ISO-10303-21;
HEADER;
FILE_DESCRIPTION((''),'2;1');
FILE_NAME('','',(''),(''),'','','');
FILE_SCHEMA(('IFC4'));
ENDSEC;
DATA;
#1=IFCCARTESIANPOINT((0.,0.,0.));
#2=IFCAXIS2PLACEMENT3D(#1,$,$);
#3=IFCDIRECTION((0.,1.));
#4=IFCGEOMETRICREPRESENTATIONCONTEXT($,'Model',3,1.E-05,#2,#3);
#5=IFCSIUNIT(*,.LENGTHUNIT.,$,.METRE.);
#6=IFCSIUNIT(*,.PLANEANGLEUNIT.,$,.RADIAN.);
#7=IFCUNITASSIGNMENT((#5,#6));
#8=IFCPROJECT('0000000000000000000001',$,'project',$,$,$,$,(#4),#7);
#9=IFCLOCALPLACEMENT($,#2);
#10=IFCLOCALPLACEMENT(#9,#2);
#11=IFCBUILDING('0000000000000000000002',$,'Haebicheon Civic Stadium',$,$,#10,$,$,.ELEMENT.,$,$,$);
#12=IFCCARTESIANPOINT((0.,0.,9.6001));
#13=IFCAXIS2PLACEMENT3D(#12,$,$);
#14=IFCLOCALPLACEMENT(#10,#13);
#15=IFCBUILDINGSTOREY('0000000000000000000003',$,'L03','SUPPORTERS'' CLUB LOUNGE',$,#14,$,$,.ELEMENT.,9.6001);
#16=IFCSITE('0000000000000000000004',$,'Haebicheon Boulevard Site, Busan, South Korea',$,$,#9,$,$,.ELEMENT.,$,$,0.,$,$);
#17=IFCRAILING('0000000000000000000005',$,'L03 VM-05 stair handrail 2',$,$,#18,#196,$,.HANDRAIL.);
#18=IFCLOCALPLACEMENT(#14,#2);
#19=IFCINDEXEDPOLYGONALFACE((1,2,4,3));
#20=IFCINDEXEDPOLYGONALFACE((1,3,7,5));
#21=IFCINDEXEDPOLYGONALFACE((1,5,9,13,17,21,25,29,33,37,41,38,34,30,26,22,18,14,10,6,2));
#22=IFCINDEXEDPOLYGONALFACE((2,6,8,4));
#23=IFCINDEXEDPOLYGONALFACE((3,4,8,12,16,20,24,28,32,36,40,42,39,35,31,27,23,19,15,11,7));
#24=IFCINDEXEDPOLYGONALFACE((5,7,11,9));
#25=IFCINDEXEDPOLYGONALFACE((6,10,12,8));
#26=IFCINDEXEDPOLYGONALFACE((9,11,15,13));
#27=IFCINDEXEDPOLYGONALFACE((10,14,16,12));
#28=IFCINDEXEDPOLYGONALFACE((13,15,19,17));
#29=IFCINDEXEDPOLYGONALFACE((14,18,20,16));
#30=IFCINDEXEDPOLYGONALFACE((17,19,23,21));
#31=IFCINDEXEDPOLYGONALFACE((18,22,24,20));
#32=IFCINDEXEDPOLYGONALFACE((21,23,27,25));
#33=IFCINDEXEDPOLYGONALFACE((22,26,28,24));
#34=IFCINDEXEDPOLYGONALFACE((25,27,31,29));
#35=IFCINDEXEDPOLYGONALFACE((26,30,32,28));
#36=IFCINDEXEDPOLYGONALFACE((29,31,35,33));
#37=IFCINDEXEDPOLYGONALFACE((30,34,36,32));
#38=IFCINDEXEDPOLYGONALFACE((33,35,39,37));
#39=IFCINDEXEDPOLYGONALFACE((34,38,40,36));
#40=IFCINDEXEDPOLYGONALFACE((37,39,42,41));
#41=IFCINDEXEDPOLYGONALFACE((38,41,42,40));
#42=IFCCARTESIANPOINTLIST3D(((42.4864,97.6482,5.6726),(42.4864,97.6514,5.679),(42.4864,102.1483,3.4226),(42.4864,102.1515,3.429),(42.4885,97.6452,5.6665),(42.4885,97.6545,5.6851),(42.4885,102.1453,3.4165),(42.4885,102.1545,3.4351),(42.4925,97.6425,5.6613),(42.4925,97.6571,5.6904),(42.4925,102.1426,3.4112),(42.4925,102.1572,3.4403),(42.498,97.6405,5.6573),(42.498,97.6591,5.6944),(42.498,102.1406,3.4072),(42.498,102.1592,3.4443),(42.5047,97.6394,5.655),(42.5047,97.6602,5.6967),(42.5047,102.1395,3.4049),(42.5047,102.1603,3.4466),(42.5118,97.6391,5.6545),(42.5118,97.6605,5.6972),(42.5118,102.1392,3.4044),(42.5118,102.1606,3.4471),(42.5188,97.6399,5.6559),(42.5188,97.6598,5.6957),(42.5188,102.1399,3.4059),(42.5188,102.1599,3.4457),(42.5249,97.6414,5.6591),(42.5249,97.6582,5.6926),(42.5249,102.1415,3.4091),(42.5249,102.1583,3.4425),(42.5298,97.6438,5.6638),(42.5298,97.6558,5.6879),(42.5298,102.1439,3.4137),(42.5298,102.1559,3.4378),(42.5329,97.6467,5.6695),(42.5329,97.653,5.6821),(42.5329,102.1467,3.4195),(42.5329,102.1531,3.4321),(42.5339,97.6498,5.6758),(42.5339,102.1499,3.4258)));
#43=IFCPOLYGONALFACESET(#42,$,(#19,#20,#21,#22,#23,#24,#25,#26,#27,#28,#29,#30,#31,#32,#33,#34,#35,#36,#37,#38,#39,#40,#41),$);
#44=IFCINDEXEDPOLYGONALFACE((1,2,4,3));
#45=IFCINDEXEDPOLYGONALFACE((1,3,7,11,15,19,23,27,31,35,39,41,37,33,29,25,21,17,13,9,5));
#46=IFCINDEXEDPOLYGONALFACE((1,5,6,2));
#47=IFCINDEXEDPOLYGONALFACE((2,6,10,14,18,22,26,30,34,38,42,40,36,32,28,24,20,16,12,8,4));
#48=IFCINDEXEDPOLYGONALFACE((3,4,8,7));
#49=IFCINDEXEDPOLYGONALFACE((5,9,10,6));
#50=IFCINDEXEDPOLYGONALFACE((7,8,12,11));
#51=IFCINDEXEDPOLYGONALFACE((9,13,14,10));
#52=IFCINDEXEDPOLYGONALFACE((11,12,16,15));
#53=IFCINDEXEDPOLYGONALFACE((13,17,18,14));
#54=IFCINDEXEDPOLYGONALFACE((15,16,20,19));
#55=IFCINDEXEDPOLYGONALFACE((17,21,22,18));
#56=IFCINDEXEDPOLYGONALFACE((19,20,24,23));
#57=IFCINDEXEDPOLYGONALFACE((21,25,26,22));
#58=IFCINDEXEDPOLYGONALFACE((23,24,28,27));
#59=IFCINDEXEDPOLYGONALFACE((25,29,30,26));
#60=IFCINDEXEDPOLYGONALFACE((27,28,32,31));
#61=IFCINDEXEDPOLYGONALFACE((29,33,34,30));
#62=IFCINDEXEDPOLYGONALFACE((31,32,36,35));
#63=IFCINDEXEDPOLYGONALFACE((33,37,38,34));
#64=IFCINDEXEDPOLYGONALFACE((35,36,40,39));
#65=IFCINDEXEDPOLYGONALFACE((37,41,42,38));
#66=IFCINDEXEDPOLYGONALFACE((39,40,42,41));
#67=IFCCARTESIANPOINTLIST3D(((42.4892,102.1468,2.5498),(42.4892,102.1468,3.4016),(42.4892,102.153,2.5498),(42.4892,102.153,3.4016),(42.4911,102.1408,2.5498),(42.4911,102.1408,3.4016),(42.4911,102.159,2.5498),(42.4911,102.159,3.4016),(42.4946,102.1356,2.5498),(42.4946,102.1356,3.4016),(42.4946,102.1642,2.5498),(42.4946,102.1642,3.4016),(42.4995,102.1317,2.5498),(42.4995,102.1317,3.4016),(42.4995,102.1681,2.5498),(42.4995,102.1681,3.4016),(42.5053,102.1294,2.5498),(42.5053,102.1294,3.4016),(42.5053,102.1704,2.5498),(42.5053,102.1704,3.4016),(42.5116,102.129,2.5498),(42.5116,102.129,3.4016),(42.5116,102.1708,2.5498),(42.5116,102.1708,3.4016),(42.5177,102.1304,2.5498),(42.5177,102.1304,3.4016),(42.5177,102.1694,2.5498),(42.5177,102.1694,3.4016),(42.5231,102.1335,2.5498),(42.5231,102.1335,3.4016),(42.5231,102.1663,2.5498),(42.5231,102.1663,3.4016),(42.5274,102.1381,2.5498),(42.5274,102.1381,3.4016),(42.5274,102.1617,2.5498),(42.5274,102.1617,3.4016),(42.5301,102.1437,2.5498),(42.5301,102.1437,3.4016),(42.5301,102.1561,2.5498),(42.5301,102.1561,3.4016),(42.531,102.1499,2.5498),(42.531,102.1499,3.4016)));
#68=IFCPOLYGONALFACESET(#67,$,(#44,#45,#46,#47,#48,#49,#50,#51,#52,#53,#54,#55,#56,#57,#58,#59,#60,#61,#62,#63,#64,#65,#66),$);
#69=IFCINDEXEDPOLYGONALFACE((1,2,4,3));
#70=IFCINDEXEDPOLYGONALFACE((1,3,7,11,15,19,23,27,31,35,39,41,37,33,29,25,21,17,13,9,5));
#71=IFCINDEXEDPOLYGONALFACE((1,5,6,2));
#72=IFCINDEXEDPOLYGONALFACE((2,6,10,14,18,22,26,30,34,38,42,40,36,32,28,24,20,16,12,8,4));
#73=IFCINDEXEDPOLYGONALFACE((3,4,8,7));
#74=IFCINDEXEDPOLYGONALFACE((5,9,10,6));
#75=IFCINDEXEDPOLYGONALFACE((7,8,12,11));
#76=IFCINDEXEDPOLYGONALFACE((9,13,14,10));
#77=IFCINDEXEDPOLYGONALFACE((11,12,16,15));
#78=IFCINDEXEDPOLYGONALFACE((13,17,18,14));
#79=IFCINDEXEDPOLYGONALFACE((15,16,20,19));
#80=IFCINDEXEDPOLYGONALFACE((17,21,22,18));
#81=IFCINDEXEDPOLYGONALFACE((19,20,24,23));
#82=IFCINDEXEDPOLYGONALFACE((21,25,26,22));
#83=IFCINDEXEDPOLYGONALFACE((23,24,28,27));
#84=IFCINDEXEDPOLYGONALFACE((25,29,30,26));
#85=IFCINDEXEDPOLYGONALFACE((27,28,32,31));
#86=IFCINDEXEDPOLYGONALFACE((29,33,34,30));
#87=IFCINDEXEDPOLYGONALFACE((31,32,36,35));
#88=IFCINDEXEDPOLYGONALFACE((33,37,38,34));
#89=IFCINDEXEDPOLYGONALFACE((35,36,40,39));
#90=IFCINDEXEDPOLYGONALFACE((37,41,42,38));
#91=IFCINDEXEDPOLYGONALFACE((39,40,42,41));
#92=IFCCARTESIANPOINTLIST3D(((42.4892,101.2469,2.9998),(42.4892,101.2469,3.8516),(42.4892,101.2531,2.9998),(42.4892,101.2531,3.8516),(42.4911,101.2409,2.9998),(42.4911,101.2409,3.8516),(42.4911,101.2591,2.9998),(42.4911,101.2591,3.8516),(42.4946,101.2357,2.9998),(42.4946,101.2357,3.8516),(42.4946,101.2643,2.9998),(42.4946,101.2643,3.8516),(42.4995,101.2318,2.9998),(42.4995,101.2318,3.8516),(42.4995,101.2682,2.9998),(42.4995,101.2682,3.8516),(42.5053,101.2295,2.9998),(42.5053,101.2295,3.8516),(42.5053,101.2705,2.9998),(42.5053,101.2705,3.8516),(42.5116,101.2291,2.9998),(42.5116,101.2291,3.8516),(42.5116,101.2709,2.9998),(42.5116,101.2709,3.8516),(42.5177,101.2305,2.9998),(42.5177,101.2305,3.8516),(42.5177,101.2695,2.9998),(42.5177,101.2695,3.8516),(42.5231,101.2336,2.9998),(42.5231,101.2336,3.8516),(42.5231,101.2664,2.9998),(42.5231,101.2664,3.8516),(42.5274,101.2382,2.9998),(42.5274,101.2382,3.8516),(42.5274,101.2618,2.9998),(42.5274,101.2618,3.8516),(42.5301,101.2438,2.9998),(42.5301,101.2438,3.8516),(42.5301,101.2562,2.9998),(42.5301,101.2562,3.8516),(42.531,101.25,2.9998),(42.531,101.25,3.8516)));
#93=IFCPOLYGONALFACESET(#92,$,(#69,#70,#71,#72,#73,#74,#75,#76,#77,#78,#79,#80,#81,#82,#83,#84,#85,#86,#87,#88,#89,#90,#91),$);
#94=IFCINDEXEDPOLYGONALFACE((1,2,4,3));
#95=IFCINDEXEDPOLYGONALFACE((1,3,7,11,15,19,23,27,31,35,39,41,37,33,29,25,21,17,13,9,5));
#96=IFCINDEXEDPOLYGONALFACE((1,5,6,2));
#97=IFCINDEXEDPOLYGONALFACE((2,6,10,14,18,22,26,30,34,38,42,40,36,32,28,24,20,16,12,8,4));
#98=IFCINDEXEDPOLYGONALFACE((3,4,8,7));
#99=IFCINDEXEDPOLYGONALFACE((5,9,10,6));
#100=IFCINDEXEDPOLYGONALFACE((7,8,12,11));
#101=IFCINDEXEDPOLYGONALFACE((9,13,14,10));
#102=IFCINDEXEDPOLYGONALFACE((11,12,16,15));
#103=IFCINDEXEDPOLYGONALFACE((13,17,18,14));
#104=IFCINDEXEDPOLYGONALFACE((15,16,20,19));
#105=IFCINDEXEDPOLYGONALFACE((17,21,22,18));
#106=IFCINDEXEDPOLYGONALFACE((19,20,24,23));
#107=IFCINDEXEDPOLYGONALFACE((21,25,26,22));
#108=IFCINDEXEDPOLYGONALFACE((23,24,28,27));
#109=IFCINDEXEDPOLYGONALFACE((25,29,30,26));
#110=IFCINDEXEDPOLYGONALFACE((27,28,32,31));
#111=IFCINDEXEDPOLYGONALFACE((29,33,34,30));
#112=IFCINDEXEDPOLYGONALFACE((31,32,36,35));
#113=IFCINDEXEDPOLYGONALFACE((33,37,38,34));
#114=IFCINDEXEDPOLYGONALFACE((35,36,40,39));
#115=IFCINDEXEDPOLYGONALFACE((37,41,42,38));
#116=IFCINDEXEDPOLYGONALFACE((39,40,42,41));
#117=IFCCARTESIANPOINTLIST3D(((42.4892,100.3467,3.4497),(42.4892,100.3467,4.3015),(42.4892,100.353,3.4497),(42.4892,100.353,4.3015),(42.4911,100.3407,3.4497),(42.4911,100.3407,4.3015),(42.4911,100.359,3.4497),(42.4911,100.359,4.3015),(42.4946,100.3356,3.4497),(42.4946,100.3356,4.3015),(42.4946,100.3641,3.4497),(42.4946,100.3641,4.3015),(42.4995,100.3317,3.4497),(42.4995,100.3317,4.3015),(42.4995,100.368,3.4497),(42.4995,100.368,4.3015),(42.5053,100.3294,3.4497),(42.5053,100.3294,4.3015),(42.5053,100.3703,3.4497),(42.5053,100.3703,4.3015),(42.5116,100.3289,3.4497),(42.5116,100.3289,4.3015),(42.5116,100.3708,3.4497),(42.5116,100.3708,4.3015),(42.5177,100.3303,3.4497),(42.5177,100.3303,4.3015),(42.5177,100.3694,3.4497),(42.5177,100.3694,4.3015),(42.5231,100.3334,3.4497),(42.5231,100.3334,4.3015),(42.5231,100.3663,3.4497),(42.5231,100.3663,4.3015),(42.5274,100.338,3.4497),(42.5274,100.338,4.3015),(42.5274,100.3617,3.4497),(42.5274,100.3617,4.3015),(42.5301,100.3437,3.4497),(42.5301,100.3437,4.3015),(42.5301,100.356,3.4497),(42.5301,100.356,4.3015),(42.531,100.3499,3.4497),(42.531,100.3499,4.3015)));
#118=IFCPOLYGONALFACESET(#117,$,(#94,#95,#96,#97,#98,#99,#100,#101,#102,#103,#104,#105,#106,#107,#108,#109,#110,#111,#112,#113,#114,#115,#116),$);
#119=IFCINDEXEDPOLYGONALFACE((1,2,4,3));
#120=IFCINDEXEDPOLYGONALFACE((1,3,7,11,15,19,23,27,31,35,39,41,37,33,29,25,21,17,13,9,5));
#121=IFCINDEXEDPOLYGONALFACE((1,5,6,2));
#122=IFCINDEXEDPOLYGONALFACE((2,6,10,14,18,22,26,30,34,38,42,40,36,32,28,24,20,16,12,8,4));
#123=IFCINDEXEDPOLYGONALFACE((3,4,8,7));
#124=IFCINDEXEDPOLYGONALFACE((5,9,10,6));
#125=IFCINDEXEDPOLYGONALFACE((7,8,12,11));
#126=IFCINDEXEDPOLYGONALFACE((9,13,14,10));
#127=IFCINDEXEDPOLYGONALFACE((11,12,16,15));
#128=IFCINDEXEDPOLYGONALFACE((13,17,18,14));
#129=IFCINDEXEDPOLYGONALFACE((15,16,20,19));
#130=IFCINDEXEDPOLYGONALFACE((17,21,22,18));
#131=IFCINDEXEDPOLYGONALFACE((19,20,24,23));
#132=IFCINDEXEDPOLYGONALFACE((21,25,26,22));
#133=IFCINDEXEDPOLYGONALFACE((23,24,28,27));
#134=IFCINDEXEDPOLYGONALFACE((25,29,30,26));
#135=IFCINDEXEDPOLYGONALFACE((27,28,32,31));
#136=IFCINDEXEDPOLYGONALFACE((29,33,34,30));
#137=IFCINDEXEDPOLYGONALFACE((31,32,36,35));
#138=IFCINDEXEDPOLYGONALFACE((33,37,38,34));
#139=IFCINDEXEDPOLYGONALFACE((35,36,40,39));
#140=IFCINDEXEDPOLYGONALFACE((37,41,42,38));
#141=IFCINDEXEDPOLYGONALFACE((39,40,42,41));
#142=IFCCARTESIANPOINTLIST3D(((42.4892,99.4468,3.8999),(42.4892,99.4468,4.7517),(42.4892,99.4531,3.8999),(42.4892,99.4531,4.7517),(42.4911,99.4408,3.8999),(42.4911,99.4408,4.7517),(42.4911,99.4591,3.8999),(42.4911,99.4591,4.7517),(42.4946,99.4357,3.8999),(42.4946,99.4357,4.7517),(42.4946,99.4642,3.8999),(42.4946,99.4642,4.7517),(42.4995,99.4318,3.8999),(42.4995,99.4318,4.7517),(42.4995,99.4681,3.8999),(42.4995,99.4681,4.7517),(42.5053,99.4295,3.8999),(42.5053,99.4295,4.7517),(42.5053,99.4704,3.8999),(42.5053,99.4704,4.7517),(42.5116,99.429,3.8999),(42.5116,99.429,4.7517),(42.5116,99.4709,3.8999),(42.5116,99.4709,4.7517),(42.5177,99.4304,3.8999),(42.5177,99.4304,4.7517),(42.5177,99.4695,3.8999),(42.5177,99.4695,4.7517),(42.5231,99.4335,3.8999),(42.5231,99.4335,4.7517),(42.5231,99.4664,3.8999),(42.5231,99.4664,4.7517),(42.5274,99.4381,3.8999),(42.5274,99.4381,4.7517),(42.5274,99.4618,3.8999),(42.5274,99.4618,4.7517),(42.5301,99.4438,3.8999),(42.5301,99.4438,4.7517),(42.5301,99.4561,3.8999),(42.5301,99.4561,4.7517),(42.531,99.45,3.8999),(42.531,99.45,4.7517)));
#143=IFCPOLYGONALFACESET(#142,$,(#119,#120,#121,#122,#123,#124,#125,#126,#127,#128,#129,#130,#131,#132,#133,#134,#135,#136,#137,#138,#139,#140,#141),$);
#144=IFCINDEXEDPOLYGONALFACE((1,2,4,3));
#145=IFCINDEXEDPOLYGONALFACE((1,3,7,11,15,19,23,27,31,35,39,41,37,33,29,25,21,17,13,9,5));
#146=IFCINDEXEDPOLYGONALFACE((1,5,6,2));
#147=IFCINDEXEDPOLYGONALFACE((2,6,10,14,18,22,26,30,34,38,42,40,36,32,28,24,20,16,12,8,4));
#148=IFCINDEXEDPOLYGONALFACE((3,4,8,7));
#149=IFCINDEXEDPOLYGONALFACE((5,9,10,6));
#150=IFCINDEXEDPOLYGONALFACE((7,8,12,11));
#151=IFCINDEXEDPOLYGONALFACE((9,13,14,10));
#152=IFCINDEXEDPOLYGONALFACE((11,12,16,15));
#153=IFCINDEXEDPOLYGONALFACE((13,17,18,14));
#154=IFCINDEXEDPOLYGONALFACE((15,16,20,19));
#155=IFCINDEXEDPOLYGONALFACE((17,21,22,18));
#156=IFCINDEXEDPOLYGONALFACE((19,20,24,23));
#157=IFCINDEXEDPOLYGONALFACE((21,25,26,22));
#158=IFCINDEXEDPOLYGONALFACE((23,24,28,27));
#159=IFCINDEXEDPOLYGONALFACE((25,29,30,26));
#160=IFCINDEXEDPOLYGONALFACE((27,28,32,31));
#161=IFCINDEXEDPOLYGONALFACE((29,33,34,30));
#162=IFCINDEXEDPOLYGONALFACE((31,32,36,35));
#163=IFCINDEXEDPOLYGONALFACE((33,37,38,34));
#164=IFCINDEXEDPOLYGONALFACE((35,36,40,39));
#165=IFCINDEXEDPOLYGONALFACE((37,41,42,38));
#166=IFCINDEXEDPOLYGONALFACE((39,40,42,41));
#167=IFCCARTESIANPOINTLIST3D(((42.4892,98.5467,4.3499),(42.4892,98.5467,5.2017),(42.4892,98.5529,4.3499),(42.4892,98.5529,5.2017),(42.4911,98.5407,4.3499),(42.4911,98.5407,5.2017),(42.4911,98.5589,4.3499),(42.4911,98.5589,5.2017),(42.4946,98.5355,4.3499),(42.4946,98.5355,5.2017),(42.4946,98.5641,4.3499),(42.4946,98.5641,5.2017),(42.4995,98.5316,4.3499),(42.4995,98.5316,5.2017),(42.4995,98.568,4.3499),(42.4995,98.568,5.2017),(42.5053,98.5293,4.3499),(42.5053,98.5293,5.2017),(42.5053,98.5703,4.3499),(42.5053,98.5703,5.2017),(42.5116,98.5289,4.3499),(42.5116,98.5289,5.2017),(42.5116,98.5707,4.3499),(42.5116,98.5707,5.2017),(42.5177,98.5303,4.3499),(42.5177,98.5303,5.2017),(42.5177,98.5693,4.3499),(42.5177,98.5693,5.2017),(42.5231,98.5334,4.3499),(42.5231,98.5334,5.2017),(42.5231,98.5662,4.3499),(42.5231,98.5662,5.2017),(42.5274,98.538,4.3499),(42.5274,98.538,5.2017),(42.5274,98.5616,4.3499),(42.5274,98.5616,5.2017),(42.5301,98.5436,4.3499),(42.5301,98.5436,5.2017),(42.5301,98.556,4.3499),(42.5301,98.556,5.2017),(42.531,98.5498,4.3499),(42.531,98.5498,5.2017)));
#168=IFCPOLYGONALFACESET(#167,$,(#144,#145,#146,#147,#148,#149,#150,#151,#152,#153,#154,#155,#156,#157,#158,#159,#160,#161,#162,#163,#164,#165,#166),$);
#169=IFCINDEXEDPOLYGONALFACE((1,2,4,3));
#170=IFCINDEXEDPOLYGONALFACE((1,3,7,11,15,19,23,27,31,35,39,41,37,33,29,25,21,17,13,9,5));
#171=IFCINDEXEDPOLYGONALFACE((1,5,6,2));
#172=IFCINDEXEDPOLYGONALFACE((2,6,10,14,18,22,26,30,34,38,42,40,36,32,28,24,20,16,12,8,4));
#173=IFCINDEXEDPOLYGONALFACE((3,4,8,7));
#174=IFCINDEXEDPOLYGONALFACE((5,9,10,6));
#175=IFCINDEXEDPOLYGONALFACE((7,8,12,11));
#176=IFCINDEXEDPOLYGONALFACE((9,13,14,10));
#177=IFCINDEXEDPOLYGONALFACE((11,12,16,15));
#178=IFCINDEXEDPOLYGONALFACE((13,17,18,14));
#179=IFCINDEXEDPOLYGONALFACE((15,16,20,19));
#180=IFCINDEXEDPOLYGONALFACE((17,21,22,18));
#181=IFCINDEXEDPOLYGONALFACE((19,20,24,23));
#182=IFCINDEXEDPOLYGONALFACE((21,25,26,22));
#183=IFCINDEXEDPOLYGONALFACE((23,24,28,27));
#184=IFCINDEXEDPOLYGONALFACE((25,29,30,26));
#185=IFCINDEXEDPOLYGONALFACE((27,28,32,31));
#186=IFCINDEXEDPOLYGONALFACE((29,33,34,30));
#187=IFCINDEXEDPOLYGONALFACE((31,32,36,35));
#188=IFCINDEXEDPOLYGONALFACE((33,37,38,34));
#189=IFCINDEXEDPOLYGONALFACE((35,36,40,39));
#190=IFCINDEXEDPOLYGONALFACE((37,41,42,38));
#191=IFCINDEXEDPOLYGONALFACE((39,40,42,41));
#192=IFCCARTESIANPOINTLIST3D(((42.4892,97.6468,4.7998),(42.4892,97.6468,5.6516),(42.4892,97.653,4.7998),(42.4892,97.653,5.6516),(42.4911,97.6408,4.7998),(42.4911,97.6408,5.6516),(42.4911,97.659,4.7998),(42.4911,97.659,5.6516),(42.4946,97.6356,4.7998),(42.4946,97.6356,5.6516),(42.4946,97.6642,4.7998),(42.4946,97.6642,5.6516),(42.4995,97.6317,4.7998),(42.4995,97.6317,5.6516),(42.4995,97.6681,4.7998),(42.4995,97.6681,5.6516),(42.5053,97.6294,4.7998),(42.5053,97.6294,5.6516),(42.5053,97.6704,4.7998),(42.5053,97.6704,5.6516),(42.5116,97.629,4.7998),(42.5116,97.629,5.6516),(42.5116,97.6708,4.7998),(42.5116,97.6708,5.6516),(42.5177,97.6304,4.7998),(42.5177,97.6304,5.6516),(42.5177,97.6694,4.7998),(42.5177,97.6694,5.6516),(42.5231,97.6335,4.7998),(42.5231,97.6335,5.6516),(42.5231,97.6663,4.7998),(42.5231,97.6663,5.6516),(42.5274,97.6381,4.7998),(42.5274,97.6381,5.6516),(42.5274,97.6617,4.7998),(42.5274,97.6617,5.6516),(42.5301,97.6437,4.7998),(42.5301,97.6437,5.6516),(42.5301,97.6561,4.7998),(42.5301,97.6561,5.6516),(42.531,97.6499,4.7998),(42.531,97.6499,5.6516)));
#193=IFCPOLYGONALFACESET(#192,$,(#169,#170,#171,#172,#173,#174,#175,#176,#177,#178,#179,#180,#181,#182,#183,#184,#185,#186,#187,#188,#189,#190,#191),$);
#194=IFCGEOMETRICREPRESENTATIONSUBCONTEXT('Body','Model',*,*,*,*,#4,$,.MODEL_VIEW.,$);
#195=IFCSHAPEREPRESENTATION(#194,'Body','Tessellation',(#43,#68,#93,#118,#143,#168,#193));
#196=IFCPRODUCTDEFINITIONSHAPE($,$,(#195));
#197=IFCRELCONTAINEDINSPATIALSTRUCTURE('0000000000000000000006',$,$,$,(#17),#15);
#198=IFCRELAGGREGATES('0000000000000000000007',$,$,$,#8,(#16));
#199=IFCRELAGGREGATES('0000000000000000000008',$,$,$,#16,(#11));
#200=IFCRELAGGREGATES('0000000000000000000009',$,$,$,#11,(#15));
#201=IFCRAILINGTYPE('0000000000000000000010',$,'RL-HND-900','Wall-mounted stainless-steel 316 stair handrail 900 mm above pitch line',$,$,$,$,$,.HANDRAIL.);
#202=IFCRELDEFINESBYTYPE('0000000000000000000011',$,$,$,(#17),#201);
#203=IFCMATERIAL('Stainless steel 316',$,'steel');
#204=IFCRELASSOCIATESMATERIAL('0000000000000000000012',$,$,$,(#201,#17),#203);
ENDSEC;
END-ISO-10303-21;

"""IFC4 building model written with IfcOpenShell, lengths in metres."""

from ifc_helpers import new_model, si_unit, direction, frame, origin, origin_2d, place, context, subcontext, project, spatial, circle, extrude, material, type_object, element, save


model = new_model("IFC4")

# Units and contexts
model_context = context("Model", 3, precision=1e-05, world=origin(), true_north=direction((0.0, 1.0)))
body_context = subcontext(model_context, "Body", "Model", "MODEL_VIEW")
ifc_project = project(units=[si_unit("LENGTHUNIT", "METRE"), si_unit("PLANEANGLEUNIT", "RADIAN")], contexts=[model_context])

# Site, building, storey
site_placement = place(None, origin())
site = spatial("IfcSite", under=ifc_project, at=site_placement, Name="Haebicheon Boulevard Site, Busan, South Korea", CompositionType="ELEMENT", RefElevation=0.0)
building_placement = place(site_placement, origin())
building = spatial("IfcBuilding", under=site, at=building_placement, Name="Haebicheon Civic Stadium", CompositionType="ELEMENT")
storey_placement = place(building_placement, frame((0.0, 0.0, 9.6001)))
storey = spatial("IfcBuildingStorey", under=building, at=storey_placement, Name="L03", Description="SUPPORTERS' CLUB LOUNGE", CompositionType="ELEMENT", Elevation=9.6001)

# Railing
ifc_material_1 = material(Name="Stainless steel 316", Category="steel")
railing_type_1 = type_object("IfcRailingType", Name="RL-HND-900", Description="Wall-mounted stainless-steel 316 stair handrail 900 mm above pitch line", PredefinedType="HANDRAIL", material=ifc_material_1)
railing_1_placement = place(storey_placement, frame((42.51, 102.1499, 2.5498)))
element("IfcRailing", 1, at=railing_1_placement, inside=storey, type_object=railing_type_1, material=ifc_material_1, Name="L03 VM-05 stair handrail 2", PredefinedType="HANDRAIL", context=body_context, shape_type="SweptSolid", body=[
    extrude(circle(Radius=0.0239, at=origin_2d()), frame((0.0, 0.0, 0.876), z_axis=(0.0, -0.894427, 0.447214), x_axis=(1.0, 0.0, 0.0)), (0.0, 0.0, 1.0), 5.0312),
    extrude(circle(Radius=0.021, at=origin_2d()), origin(), (0.0, 0.0, 1.0), 0.8518),
    extrude(circle(Radius=0.021, at=origin_2d()), frame((0.0, -0.8999, 0.45)), (0.0, 0.0, 1.0), 0.8518),
    extrude(circle(Radius=0.021, at=origin_2d()), frame((0.0, -1.8, 0.8999)), (0.0, 0.0, 1.0), 0.8518),
    extrude(circle(Radius=0.021, at=origin_2d()), frame((0.0, -2.7, 1.3501)), (0.0, 0.0, 1.0), 0.8518),
    extrude(circle(Radius=0.021, at=origin_2d()), frame((0.0, -3.6001, 1.8)), (0.0, 0.0, 1.0), 0.8518),
    extrude(circle(Radius=0.021, at=origin_2d()), frame((0.0, -4.5, 2.25)), (0.0, 0.0, 1.0), 0.8518),
])

save(model, "model.ifc")
